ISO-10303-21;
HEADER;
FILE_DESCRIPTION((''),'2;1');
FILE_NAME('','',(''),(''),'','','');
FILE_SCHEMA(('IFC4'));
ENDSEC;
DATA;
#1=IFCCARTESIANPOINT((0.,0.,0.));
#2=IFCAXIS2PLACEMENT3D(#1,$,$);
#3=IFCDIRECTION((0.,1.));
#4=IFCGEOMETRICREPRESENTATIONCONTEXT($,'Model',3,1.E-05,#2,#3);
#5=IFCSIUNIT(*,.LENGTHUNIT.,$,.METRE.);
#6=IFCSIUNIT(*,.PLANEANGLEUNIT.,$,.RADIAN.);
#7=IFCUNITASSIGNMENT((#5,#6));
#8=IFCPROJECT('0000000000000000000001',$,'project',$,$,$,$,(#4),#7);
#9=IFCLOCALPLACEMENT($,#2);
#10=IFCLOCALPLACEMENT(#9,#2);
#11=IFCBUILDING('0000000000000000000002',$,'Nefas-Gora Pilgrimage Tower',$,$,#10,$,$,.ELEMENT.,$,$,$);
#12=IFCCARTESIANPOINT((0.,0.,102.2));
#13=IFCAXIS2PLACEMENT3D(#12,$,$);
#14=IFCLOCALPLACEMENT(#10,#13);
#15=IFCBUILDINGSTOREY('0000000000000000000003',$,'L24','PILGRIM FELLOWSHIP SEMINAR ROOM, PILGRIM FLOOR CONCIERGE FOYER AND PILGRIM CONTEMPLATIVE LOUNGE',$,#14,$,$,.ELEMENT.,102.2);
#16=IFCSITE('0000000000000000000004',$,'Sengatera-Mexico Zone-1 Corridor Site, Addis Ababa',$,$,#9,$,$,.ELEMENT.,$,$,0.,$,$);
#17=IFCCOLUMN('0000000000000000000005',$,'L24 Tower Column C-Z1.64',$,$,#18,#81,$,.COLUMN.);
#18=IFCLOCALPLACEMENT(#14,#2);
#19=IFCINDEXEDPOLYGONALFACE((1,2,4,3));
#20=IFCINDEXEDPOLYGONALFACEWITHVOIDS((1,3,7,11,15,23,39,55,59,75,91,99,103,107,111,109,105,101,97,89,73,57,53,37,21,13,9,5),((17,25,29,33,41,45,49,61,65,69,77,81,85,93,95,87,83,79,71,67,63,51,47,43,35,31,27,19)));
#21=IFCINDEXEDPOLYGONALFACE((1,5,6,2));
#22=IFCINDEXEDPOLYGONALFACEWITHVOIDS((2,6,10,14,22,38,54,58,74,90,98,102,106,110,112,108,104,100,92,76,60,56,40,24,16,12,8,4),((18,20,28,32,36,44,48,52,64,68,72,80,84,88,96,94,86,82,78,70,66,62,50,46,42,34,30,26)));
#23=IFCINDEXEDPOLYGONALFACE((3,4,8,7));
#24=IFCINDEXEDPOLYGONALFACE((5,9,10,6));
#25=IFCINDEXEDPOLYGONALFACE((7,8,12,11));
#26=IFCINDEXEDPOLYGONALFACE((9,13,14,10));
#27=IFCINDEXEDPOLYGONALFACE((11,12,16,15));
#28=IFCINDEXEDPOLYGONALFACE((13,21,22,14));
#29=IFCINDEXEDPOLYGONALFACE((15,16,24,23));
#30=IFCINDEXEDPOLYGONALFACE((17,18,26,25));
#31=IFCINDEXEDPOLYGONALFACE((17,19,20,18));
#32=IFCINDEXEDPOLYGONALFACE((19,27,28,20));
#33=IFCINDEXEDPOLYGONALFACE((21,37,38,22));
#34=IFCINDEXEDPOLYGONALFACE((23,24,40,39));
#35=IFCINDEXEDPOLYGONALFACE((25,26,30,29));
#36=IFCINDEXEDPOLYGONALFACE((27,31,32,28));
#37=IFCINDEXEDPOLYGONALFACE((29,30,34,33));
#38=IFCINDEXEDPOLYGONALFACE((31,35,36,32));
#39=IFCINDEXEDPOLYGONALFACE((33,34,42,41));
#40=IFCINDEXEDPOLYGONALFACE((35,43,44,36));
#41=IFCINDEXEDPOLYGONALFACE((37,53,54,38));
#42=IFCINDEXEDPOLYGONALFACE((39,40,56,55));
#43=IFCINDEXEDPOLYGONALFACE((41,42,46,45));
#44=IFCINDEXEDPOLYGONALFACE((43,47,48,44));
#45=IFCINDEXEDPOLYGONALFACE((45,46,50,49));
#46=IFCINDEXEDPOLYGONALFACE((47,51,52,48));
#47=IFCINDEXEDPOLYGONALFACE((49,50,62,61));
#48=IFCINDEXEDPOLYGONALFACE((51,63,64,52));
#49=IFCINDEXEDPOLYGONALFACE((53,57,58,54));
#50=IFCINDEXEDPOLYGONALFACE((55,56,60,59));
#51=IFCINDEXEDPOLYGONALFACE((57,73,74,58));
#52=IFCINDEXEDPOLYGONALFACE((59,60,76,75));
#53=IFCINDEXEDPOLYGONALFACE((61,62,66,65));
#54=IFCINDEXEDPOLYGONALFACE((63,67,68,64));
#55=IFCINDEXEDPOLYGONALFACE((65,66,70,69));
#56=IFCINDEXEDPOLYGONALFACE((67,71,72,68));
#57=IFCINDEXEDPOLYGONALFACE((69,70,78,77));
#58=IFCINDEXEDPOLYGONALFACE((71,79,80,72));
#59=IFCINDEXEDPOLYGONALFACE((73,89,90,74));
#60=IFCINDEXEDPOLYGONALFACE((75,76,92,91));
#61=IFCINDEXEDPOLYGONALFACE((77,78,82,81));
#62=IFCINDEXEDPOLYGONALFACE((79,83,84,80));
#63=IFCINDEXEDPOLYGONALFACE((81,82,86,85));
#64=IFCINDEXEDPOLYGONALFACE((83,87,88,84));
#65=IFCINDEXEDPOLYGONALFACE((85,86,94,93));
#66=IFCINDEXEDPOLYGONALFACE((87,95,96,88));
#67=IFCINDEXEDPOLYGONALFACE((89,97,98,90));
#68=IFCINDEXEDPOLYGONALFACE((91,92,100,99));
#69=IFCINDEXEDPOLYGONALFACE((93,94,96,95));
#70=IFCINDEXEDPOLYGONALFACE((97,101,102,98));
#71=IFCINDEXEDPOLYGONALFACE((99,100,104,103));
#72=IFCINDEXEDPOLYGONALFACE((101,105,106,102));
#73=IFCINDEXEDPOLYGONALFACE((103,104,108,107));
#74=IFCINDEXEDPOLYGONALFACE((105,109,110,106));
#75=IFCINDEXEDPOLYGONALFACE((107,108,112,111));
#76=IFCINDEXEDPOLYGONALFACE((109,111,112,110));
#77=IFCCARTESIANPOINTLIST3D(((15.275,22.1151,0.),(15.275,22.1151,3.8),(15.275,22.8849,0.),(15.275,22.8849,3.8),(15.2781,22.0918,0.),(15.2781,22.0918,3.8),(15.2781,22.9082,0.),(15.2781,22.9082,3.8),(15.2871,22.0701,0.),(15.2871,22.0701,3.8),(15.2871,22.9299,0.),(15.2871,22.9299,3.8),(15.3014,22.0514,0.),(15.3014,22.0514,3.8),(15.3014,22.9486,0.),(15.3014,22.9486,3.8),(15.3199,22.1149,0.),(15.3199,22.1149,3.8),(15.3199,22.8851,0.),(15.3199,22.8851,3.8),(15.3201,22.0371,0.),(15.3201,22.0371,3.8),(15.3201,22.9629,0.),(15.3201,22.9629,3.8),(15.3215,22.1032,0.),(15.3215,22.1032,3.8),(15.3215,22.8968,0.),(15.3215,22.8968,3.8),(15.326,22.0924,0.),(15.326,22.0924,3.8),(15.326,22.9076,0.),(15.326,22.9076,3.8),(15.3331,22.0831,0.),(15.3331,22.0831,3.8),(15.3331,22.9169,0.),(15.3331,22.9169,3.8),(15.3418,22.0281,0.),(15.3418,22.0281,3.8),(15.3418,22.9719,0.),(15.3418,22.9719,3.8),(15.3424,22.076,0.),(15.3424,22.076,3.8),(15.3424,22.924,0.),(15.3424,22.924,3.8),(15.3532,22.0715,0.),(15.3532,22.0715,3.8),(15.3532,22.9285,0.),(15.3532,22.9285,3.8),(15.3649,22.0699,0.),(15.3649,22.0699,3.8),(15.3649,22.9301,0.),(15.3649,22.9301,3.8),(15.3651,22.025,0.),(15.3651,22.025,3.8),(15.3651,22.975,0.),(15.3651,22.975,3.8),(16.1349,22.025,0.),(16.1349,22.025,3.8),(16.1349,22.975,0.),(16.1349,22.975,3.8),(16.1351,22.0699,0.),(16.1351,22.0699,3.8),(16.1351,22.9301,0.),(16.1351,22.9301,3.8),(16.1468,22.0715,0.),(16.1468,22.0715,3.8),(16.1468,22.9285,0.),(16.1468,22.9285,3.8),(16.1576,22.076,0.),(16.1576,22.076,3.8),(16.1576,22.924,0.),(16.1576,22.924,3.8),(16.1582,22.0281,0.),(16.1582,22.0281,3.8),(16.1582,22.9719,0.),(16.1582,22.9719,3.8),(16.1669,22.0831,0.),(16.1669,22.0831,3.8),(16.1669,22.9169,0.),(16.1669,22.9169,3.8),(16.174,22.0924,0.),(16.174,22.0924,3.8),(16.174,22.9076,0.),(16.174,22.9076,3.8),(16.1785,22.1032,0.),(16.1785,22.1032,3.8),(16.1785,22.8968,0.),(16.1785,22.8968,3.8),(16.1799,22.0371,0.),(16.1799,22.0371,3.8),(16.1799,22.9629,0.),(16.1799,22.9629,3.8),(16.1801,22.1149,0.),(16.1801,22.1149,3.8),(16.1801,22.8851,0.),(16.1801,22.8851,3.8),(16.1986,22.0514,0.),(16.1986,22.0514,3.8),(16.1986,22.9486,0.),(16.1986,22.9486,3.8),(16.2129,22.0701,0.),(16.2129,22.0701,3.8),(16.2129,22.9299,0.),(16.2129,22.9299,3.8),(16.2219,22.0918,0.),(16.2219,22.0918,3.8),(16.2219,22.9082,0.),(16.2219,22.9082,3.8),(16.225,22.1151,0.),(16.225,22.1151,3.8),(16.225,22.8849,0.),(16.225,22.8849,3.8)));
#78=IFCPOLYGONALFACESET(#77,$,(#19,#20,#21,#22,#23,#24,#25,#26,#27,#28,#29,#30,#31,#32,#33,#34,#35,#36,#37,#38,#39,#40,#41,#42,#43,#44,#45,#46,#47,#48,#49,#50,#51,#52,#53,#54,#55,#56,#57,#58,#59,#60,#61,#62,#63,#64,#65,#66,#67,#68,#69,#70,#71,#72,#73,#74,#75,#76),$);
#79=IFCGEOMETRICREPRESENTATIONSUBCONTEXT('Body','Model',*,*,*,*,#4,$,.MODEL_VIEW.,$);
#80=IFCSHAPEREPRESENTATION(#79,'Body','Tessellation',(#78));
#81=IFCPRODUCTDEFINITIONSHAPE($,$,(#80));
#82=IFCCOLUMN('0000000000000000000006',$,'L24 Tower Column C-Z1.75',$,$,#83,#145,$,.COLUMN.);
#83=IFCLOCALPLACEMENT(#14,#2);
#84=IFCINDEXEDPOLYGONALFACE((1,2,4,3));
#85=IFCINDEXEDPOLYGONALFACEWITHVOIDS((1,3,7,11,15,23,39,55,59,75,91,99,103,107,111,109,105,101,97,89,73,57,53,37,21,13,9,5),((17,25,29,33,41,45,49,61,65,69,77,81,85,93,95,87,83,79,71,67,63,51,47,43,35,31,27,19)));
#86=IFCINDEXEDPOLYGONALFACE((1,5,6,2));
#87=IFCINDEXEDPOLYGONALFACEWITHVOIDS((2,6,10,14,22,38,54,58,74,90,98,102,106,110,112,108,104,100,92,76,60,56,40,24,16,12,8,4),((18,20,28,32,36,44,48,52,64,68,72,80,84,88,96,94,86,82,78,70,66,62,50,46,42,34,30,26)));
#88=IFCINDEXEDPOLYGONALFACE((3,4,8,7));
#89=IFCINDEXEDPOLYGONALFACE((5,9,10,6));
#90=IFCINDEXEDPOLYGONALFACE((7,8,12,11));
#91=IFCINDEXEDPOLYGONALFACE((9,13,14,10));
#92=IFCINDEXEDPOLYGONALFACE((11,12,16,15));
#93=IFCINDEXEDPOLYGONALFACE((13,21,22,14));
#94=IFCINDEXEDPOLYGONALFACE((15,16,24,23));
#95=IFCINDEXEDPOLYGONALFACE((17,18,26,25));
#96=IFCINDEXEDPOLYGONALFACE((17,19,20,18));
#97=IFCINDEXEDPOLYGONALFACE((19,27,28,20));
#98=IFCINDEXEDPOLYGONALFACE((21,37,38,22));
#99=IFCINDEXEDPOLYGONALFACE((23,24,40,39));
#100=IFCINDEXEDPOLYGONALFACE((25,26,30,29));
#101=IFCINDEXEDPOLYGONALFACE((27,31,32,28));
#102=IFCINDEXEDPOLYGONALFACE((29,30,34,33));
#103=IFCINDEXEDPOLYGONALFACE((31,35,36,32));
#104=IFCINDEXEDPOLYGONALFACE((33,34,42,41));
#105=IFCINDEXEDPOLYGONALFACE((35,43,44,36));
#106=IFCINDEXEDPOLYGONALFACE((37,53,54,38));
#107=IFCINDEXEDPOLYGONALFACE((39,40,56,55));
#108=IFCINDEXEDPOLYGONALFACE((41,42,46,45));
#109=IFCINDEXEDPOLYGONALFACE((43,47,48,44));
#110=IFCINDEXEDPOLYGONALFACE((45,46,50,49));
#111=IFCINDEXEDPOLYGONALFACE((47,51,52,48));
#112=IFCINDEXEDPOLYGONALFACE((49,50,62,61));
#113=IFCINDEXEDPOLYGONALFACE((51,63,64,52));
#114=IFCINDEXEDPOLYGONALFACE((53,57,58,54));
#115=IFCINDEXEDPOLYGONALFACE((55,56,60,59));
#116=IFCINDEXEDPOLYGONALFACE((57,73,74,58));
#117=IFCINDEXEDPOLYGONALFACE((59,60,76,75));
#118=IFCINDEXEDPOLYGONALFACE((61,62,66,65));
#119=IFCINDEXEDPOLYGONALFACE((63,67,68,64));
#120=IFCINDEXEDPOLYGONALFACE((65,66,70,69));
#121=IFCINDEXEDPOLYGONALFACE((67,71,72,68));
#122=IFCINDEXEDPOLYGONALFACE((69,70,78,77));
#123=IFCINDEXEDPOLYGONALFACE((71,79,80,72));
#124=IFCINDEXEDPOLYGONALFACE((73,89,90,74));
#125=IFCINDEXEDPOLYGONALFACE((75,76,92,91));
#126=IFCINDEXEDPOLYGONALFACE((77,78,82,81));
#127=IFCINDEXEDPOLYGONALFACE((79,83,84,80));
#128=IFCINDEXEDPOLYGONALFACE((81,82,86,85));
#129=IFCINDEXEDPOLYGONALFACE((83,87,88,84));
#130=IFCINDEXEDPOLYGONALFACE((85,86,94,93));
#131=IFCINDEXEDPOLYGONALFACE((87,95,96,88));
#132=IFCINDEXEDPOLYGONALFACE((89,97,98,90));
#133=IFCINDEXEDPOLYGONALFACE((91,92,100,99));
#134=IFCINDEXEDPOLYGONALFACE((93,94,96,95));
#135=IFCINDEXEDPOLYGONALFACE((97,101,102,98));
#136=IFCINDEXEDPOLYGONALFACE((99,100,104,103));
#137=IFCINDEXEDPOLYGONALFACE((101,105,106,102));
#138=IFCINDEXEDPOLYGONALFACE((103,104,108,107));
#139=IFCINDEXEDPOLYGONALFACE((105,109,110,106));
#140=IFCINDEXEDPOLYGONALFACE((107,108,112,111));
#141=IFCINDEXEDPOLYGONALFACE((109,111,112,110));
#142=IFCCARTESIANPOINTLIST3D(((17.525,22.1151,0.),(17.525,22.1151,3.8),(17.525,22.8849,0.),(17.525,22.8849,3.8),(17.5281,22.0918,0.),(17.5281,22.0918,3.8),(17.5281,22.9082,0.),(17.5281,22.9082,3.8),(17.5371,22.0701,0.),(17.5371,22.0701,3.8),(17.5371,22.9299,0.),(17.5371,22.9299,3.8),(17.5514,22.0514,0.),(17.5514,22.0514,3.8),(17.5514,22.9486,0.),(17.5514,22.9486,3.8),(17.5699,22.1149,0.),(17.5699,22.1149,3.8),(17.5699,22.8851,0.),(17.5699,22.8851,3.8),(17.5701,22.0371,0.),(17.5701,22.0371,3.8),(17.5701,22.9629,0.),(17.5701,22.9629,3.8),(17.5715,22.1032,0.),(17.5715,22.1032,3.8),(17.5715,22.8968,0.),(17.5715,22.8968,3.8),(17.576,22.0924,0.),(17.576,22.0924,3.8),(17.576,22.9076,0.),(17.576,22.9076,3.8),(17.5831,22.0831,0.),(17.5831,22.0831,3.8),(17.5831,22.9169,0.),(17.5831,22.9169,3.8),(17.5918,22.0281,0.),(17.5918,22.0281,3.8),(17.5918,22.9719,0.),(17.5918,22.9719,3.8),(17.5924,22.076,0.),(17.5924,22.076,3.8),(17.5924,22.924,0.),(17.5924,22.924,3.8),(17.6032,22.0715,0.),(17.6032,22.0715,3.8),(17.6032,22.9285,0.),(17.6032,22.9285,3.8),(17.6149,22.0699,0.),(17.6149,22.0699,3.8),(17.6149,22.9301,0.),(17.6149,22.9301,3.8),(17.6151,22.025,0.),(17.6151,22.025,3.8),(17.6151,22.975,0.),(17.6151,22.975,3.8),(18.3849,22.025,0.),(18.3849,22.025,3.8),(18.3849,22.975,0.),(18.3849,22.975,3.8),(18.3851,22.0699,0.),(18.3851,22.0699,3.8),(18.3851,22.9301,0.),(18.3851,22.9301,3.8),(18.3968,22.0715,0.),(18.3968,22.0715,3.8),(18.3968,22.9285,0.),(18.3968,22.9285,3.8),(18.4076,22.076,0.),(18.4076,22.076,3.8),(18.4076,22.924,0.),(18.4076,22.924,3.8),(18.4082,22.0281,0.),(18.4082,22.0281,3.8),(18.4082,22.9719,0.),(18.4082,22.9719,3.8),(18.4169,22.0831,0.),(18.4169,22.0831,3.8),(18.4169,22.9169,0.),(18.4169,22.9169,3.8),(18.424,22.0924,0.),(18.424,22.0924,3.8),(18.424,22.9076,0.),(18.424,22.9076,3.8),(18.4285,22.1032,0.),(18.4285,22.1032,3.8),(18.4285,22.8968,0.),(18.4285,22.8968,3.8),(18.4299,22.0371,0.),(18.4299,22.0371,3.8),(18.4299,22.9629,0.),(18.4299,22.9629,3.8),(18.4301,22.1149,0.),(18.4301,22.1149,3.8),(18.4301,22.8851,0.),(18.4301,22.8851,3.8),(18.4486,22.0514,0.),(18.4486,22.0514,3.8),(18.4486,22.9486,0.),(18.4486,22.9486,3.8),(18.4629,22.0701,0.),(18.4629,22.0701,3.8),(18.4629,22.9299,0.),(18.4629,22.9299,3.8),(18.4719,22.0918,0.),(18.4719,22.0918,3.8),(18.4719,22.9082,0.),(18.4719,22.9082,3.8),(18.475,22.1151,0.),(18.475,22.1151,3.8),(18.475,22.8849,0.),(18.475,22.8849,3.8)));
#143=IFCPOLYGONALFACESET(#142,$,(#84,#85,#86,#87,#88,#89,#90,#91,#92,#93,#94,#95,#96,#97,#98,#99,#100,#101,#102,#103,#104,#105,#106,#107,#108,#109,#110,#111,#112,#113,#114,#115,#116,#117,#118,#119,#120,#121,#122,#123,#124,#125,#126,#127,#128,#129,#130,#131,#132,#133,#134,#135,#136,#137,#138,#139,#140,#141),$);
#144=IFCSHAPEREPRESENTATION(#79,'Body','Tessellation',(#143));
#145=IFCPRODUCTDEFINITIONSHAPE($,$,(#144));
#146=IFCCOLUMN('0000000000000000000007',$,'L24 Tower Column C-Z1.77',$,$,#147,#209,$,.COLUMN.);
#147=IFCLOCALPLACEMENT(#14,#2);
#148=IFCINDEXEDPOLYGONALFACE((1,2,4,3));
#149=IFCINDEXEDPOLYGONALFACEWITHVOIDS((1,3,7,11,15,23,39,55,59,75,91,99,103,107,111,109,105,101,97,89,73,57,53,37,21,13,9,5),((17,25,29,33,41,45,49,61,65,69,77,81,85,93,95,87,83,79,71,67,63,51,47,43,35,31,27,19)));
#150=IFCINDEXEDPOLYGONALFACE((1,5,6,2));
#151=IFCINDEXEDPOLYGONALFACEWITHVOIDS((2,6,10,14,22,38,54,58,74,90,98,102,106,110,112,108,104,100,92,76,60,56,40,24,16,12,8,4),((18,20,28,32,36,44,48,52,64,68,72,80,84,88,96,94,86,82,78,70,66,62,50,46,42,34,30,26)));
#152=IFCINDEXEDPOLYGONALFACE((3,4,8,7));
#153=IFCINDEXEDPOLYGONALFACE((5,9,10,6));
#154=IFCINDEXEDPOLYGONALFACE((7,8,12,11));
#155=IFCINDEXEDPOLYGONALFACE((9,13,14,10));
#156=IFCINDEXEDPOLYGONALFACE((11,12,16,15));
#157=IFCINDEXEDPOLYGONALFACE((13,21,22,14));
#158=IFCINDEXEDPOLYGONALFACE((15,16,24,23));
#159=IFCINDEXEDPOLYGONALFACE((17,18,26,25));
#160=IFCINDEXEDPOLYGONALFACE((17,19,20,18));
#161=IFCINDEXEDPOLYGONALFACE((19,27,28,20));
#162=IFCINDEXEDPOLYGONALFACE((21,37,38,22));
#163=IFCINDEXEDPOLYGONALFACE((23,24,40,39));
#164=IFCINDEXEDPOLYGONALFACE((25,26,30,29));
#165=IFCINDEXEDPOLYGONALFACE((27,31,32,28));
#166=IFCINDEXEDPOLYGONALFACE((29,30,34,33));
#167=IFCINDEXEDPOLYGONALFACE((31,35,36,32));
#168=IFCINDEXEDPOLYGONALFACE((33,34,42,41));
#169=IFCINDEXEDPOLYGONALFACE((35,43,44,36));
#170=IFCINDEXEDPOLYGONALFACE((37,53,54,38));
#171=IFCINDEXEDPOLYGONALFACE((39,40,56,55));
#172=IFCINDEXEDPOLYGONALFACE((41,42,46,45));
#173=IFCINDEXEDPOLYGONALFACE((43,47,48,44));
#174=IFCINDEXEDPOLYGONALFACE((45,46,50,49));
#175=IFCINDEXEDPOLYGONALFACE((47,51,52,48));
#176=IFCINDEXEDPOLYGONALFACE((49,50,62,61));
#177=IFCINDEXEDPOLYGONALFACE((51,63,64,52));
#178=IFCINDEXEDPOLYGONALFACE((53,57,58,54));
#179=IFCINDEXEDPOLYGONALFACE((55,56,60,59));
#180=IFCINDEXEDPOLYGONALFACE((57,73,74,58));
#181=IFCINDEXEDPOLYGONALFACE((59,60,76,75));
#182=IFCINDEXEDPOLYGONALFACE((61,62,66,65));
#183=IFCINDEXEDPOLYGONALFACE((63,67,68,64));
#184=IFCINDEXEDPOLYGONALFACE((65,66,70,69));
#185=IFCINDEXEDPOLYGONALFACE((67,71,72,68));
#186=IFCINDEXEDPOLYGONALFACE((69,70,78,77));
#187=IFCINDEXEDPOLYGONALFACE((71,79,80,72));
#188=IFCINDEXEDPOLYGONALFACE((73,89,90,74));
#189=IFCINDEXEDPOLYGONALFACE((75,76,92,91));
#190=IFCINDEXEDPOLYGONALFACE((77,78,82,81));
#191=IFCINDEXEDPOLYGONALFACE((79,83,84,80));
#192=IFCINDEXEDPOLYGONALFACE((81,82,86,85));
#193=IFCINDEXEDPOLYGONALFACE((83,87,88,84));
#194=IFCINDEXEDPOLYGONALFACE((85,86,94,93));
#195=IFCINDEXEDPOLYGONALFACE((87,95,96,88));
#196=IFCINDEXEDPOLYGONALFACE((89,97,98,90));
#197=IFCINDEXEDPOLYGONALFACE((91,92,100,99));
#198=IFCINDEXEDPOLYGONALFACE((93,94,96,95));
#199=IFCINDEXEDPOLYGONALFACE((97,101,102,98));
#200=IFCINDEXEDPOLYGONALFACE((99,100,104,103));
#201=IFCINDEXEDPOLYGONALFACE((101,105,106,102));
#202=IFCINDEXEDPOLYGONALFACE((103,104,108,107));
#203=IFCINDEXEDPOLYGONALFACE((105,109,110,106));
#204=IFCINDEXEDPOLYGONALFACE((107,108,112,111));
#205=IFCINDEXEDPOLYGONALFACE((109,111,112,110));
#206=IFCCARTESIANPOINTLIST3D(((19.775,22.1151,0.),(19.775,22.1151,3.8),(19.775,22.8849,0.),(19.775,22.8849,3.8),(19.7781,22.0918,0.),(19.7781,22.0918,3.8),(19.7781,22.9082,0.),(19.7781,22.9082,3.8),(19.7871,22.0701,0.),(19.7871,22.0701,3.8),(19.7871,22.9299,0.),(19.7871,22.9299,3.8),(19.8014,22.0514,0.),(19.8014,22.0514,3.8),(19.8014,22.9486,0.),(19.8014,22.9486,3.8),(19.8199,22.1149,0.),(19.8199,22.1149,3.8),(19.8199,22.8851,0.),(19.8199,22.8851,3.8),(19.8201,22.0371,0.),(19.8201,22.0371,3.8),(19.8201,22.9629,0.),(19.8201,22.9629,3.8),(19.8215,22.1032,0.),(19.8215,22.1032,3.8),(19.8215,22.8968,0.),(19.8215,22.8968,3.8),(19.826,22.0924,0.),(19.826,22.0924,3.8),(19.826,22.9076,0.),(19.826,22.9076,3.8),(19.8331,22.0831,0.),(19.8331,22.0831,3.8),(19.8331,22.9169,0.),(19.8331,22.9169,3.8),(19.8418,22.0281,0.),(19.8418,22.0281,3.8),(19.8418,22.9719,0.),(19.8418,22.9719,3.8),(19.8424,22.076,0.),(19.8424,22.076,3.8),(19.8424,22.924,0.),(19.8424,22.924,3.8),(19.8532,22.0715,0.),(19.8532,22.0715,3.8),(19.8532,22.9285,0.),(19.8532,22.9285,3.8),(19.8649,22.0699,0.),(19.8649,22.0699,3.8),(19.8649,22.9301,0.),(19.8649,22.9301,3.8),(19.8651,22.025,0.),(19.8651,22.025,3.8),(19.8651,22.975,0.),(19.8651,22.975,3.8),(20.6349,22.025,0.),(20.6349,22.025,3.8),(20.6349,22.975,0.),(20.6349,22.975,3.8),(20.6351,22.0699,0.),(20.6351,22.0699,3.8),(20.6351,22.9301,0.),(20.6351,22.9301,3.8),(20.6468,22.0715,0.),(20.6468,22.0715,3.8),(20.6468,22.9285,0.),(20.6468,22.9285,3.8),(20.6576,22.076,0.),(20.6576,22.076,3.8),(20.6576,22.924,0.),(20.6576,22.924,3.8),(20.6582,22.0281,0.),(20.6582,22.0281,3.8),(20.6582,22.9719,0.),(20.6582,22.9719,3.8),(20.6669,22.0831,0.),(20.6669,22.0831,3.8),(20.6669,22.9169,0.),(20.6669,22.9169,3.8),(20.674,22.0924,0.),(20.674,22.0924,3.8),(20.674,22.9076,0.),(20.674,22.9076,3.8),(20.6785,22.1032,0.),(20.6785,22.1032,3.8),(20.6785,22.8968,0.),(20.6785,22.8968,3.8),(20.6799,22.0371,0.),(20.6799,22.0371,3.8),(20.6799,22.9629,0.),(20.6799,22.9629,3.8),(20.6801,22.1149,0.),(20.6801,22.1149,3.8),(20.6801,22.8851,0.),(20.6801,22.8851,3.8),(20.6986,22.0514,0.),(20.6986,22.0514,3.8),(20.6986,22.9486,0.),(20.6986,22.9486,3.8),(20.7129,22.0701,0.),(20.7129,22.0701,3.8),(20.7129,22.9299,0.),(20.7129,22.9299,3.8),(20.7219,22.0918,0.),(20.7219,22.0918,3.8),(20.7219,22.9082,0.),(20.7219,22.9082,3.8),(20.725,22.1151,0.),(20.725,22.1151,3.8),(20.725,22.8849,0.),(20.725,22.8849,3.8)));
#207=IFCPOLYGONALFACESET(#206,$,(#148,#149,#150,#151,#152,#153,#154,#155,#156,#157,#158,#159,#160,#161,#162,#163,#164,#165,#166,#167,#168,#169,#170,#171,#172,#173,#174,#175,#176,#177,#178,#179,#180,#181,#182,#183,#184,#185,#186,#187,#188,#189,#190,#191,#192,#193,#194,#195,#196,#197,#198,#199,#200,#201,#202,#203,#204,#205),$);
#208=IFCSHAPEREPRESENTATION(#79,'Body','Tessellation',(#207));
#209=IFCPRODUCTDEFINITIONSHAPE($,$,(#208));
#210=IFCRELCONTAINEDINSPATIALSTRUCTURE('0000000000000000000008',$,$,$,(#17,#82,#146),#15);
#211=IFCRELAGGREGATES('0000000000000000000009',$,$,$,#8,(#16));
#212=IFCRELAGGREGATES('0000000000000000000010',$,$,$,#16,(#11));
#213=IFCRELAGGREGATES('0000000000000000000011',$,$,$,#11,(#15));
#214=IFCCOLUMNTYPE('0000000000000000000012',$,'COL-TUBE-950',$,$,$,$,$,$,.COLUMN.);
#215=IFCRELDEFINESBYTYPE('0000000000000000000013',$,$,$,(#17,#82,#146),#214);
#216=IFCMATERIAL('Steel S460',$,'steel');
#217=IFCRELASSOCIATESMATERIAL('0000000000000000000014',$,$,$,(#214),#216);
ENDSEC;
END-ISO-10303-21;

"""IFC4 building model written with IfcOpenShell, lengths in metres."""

from ifc_helpers import new_model, si_unit, direction, frame, origin, origin_2d, place, context, subcontext, project, spatial, hollow_rectangle, extrude, source, transform, mapped, material, material_profile, profile_set, type_object, element, save


model = new_model("IFC4")

# Units and contexts
model_context = context("Model", 3, precision=1e-05, world=origin(), true_north=direction((0.0, 1.0)))
body_context = subcontext(model_context, "Body", "Model", "MODEL_VIEW")
ifc_project = project(units=[si_unit("LENGTHUNIT", "METRE"), si_unit("PLANEANGLEUNIT", "RADIAN")], contexts=[model_context])

# Site, building, storey
site_placement = place(None, origin())
site = spatial("IfcSite", under=ifc_project, at=site_placement, Name="Sengatera-Mexico Zone-1 Corridor Site, Addis Ababa", CompositionType="ELEMENT", RefElevation=0.0)
building_placement = place(site_placement, origin())
building = spatial("IfcBuilding", under=site, at=building_placement, Name="Nefas-Gora Pilgrimage Tower", CompositionType="ELEMENT")
storey_placement = place(building_placement, frame((0.0, 0.0, 102.2)))
storey = spatial("IfcBuildingStorey", under=building, at=storey_placement, Name="L24", Description="PILGRIM FELLOWSHIP SEMINAR ROOM, PILGRIM FLOOR CONCIERGE FOYER AND PILGRIM CONTEMPLATIVE LOUNGE", CompositionType="ELEMENT", Elevation=102.2)

# Columns
ifc_material_1 = material(Name="Steel S460", Category="steel")
ifc_material_profile_1 = material_profile(ifc_material_1, hollow_rectangle(XDim=0.95, YDim=0.95, WallThickness=0.0449, InnerFilletRadius=0.0449, OuterFilletRadius=0.0901, at=origin_2d()), Name="BOX 950x950x45")
ifc_profile_set_1 = profile_set([ifc_material_profile_1], Name="Steel S460")
column_type_1 = type_object("IfcColumnType", Name="COL-TUBE-950", PredefinedType="COLUMN", material=ifc_profile_set_1)
shared_shape_1 = source(origin(), body_context, "Body", "SweptSolid", [
    extrude(hollow_rectangle(XDim=0.95, YDim=0.95, WallThickness=0.0449, InnerFilletRadius=0.0449, OuterFilletRadius=0.0901, at=origin_2d()), origin(), (0.0, 0.0, 1.0), 3.8),
])
for number, where, z_axis, x_axis, name in (
    (1, (15.75, 22.5, 0.0), (0.0, 0.0, 1.0), (1.0, 0.0, 0.0), "L24 Tower Column C-Z1.64"),
    (2, (18.0, 22.5, 0.0), (0.0, 0.0, 1.0), (1.0, 0.0, 0.0), "L24 Tower Column C-Z1.75"),
    (3, (20.25, 22.5, 0.0), (0.0, 0.0, 1.0), (1.0, 0.0, 0.0), "L24 Tower Column C-Z1.77"),
):
    element("IfcColumn", number, at=place(storey_placement, frame(where, z_axis=z_axis, x_axis=x_axis)), inside=storey, type_object=column_type_1, Name=name, PredefinedType="COLUMN", context=body_context, shape_type="MappedRepresentation", body=[
        mapped(shared_shape_1, transform((0.0, 0.0, 0.0), x_axis=(1.0, 0.0, 0.0), y_axis=(0.0, 1.0, 0.0), z_axis=(0.0, 0.0, 1.0), scale=1.0)),
    ])

save(model, "model.ifc")
